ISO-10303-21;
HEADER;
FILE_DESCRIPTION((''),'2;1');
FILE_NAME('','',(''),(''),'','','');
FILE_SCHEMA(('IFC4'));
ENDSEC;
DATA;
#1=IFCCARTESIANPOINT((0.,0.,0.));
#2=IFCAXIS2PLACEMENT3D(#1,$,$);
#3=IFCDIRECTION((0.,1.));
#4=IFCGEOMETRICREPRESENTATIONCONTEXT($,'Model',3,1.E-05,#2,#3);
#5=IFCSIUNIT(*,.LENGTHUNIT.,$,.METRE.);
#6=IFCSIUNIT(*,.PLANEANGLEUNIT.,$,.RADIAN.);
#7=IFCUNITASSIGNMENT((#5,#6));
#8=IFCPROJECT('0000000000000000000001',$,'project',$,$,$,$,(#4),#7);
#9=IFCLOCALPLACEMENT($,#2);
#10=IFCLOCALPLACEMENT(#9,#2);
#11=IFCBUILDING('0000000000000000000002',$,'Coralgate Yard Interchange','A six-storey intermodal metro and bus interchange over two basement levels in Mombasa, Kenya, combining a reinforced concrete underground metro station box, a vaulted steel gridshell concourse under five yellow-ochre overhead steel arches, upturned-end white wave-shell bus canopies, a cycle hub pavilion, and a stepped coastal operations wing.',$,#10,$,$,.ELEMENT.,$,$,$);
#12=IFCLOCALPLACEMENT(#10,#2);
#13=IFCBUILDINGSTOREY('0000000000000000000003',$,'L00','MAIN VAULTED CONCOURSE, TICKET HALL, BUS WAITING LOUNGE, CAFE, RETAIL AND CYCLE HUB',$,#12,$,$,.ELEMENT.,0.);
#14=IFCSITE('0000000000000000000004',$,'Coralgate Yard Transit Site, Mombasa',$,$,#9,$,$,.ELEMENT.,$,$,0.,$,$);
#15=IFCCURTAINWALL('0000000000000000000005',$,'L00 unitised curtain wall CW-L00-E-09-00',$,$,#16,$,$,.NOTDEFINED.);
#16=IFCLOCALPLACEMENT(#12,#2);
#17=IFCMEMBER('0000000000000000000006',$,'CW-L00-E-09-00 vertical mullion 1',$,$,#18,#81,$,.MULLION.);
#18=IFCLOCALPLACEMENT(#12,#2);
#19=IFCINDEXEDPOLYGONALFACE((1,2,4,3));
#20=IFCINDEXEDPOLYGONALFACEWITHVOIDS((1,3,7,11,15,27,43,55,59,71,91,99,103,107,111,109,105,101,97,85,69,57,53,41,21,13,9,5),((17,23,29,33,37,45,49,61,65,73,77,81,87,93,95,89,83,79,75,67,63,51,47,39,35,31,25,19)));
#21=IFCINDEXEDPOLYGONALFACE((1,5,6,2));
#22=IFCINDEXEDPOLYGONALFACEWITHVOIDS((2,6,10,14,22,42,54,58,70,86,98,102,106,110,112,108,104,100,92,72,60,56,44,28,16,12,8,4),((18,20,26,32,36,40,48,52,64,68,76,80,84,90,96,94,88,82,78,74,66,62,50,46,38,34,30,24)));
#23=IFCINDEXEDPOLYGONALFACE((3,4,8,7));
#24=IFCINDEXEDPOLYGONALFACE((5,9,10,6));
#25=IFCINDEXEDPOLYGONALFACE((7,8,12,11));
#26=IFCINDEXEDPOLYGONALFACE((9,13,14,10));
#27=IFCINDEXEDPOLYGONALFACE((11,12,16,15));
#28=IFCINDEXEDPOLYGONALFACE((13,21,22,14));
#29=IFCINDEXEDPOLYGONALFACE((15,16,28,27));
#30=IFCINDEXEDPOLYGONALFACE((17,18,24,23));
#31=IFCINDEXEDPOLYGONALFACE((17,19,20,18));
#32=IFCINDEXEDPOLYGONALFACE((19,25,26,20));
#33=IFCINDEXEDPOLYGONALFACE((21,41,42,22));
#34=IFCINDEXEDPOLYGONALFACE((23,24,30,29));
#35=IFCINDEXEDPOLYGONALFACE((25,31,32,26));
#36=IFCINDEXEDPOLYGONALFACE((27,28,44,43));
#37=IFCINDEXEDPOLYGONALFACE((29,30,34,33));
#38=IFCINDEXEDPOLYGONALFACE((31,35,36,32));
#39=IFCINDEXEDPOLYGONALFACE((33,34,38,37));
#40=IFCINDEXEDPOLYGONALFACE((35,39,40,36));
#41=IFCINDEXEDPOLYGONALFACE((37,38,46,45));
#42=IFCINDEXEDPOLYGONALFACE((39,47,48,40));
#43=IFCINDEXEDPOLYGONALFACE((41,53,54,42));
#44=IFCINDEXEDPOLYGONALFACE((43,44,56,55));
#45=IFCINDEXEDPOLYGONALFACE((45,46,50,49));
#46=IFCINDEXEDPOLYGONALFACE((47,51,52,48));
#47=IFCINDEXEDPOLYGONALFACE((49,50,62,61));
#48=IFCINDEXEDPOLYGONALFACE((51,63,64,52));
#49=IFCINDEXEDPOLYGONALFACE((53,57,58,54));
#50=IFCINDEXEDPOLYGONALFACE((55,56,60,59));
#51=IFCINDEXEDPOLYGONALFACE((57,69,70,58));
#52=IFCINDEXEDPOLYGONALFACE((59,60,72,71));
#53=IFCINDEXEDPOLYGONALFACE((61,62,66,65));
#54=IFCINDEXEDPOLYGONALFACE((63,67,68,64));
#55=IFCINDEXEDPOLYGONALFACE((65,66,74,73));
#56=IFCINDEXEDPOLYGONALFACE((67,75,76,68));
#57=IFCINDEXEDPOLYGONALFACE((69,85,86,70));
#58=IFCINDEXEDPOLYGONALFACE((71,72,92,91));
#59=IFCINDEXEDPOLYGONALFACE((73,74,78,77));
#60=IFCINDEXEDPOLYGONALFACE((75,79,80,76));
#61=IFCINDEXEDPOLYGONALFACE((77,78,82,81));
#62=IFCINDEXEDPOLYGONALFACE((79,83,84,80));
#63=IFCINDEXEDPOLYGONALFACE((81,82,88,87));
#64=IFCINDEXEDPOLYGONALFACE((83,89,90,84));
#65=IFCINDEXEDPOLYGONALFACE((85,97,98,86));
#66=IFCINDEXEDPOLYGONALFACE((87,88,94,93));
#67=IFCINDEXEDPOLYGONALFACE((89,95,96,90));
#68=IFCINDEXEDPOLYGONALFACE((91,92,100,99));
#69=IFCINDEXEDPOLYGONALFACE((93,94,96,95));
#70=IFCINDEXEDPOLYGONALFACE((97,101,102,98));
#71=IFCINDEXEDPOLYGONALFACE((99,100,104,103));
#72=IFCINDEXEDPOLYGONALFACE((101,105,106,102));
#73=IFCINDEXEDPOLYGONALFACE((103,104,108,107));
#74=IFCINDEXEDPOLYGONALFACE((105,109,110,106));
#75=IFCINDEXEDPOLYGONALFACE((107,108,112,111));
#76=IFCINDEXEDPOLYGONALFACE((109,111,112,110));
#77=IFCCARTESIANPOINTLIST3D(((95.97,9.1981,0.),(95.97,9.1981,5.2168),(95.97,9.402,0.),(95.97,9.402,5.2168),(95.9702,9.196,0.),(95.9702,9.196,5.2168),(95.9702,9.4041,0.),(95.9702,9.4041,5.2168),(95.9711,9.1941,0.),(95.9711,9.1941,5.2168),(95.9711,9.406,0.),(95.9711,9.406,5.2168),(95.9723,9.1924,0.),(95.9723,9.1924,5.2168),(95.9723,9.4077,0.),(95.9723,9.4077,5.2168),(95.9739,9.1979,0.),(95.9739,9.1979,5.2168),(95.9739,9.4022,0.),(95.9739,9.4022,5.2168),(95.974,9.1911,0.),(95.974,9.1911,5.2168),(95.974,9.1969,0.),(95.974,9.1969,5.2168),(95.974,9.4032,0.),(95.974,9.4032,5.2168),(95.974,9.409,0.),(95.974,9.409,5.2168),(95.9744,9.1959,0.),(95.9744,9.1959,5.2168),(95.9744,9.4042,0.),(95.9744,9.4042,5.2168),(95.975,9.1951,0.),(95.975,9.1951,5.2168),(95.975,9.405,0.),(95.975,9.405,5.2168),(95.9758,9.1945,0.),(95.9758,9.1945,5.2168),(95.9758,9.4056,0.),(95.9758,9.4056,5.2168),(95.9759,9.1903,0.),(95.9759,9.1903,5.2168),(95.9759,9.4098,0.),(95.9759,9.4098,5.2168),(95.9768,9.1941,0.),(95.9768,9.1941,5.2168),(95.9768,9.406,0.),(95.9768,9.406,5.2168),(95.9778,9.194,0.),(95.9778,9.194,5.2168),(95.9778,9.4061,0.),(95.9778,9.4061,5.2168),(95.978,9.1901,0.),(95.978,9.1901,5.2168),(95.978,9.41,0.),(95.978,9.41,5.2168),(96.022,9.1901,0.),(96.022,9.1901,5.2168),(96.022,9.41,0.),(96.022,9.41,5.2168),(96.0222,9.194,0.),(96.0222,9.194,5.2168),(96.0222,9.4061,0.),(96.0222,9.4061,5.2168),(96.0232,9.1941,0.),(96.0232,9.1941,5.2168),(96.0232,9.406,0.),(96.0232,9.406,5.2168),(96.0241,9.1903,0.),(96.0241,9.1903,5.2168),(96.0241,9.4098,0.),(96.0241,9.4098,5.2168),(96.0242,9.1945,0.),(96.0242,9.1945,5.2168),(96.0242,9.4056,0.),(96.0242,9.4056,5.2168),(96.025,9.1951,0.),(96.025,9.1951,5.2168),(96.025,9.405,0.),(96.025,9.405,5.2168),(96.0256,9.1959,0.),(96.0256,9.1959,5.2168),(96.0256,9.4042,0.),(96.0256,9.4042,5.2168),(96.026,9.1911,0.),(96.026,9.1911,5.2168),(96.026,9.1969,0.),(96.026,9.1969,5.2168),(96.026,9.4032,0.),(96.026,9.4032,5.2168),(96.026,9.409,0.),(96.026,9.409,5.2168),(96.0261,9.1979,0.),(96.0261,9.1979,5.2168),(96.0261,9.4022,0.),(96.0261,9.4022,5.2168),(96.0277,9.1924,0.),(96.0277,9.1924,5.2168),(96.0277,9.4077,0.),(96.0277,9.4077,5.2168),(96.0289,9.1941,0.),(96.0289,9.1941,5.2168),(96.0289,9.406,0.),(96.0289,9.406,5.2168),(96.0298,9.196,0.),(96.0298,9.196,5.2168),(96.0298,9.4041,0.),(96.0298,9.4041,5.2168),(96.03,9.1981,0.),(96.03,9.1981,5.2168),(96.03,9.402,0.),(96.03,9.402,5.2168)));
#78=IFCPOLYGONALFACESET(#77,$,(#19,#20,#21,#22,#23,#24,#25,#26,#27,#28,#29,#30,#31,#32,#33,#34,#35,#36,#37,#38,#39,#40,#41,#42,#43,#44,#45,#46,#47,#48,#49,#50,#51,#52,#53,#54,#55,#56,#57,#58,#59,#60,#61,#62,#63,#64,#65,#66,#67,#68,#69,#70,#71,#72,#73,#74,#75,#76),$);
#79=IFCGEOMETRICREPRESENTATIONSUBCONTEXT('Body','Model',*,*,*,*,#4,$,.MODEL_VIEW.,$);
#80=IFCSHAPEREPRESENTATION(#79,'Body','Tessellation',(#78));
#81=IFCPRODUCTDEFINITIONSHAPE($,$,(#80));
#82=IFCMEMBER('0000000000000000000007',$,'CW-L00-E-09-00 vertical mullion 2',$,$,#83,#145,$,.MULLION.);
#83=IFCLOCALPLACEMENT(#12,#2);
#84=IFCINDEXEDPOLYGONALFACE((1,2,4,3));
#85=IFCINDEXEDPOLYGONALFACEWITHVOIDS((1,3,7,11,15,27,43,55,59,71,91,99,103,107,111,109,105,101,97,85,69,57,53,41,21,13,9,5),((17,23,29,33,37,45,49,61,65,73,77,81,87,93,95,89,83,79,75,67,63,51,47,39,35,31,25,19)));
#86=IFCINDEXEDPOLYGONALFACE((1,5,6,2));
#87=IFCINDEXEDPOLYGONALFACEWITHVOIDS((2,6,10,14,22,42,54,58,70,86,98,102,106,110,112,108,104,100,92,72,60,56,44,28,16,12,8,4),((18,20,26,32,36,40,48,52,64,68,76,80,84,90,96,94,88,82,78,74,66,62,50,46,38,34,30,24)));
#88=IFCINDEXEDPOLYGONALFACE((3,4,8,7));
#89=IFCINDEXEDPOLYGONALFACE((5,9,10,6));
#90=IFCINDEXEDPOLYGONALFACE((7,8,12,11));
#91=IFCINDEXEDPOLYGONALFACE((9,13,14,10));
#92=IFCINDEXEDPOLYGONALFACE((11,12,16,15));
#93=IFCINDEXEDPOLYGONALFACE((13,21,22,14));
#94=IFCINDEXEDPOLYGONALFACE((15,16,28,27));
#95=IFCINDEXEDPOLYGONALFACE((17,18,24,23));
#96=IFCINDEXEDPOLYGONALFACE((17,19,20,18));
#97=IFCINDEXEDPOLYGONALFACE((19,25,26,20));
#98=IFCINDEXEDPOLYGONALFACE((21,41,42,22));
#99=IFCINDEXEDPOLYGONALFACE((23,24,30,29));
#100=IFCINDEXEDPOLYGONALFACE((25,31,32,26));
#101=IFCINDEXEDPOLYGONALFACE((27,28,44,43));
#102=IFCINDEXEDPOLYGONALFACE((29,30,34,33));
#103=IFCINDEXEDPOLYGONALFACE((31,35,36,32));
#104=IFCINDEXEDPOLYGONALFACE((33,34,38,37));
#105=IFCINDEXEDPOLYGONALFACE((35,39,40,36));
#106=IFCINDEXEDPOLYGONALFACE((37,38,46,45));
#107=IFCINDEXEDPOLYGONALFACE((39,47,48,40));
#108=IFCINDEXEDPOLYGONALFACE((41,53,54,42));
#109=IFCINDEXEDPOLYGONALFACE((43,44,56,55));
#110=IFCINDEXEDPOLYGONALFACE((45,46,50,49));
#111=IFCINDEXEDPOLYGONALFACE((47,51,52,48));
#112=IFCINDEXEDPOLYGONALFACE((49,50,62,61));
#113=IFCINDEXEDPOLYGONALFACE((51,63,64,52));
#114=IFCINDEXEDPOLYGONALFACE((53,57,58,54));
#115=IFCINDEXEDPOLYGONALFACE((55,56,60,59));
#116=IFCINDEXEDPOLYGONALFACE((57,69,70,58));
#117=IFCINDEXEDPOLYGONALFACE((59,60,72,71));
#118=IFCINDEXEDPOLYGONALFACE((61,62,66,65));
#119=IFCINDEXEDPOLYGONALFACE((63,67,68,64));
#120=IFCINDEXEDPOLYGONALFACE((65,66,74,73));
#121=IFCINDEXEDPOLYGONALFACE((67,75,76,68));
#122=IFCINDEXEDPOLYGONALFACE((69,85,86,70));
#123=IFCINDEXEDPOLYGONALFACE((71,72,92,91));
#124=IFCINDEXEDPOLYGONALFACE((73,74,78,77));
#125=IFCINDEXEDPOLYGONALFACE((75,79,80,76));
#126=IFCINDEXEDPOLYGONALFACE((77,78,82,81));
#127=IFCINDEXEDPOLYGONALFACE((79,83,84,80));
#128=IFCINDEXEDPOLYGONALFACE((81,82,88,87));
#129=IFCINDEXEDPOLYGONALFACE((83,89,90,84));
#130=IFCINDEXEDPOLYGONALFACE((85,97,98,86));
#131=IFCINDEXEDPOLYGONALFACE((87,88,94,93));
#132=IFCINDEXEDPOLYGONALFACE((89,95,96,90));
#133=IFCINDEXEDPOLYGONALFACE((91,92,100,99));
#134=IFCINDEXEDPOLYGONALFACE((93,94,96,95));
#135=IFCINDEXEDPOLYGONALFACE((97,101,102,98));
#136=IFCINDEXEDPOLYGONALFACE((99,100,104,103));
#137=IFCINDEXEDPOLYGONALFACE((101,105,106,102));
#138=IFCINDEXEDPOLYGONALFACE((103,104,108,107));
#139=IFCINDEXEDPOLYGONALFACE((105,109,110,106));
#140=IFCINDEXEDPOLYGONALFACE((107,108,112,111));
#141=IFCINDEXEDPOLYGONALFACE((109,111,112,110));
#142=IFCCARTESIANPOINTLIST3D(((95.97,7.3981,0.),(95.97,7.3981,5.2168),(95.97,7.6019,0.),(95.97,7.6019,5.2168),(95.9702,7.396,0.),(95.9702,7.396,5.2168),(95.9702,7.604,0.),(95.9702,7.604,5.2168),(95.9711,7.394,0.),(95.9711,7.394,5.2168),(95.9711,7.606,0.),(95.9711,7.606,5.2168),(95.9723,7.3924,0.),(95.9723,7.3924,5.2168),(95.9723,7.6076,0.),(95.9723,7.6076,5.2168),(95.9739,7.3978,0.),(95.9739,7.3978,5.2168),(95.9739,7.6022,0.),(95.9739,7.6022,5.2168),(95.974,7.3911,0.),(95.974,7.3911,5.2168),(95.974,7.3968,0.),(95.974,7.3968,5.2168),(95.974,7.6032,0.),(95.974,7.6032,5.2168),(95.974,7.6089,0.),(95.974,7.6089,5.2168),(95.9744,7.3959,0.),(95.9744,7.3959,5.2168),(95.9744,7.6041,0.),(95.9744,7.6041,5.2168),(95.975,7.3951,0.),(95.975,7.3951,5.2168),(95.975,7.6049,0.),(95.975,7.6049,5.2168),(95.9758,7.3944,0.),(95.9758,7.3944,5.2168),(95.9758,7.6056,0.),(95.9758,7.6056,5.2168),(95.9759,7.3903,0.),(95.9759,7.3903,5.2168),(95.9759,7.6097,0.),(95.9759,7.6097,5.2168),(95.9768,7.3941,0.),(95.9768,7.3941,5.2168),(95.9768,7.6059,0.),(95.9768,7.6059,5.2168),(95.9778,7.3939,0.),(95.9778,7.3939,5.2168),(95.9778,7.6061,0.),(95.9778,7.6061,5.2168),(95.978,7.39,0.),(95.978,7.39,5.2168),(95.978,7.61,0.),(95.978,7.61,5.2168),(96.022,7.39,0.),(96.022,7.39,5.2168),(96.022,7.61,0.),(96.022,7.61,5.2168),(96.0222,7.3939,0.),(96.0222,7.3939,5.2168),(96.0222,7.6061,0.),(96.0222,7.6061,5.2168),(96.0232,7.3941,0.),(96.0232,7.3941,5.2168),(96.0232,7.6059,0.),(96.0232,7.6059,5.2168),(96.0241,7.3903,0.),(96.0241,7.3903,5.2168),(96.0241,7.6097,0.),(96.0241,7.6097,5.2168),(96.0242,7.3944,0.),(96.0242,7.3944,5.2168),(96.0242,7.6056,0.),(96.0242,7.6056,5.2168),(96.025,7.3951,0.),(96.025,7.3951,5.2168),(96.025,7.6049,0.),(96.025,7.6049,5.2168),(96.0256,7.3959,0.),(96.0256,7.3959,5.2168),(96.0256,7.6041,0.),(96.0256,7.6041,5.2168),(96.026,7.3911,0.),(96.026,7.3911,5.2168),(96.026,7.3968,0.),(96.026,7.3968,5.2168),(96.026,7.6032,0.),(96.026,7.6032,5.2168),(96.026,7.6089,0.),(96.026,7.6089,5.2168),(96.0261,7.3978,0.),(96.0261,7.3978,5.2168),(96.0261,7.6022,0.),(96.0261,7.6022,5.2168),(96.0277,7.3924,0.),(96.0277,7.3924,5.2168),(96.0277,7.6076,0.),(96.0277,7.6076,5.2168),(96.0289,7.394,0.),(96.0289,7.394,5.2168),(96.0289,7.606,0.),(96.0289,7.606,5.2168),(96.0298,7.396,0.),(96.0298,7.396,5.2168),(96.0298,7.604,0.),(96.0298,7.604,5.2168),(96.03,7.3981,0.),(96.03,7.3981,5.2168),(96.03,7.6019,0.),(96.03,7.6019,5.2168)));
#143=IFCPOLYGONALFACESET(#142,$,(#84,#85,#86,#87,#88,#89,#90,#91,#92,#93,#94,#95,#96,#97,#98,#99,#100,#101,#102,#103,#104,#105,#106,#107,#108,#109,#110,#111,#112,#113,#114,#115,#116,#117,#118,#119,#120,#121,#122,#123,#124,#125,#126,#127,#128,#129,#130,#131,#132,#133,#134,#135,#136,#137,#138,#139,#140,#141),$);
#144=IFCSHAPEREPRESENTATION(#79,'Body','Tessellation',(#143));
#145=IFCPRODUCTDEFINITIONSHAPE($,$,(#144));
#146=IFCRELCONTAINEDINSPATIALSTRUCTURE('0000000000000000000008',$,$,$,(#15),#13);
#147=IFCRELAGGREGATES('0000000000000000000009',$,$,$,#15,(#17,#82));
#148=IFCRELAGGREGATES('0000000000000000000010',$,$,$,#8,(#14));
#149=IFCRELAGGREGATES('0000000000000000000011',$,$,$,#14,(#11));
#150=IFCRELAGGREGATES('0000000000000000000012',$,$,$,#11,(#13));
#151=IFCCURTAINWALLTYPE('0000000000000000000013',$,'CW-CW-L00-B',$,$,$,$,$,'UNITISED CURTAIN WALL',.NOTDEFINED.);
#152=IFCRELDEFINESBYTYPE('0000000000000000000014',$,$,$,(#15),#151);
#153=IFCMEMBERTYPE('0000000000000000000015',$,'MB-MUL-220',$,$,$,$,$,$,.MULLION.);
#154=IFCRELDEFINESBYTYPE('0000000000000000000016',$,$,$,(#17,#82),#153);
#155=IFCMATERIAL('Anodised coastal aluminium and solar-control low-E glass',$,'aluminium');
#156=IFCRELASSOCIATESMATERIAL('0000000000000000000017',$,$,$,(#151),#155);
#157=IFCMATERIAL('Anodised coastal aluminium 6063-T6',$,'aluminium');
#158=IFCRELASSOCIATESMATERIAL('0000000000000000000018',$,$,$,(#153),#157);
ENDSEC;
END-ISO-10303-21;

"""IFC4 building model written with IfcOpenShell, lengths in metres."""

from ifc_helpers import new_model, si_unit, direction, frame, origin, origin_2d, place, context, subcontext, project, spatial, hollow_rectangle, extrude, material, material_profile, profile_set, type_object, element, aggregate, save


model = new_model("IFC4")

# Units and contexts
model_context = context("Model", 3, precision=1e-05, world=origin(), true_north=direction((0.0, 1.0)))
body_context = subcontext(model_context, "Body", "Model", "MODEL_VIEW")
ifc_project = project(units=[si_unit("LENGTHUNIT", "METRE"), si_unit("PLANEANGLEUNIT", "RADIAN")], contexts=[model_context])

# Site, building, storey
site_placement = place(None, origin())
site = spatial("IfcSite", under=ifc_project, at=site_placement, Name="Coralgate Yard Transit Site, Mombasa", CompositionType="ELEMENT", RefElevation=0.0)
building_placement = place(site_placement, origin())
building = spatial("IfcBuilding", under=site, at=building_placement, Name="Coralgate Yard Interchange", Description="A six-storey intermodal metro and bus interchange over two basement levels in Mombasa, Kenya, combining a reinforced concrete underground metro station box, a vaulted steel gridshell concourse under five yellow-ochre overhead steel arches, upturned-end white wave-shell bus canopies, a cycle hub pavilion, and a stepped coastal operations wing.", CompositionType="ELEMENT")
storey_placement = place(building_placement, origin())
storey = spatial("IfcBuildingStorey", under=building, at=storey_placement, Name="L00", Description="MAIN VAULTED CONCOURSE, TICKET HALL, BUS WAITING LOUNGE, CAFE, RETAIL AND CYCLE HUB", CompositionType="ELEMENT", Elevation=0.0)

# Curtain wall, members
ifc_material_1 = material(Name="Anodised coastal aluminium and solar-control low-E glass", Category="aluminium")
curtain_wall_type = type_object("IfcCurtainWallType", Name="CW-CW-L00-B", ElementType="UNITISED CURTAIN WALL", PredefinedType="NOTDEFINED", material=ifc_material_1)
curtain_wall_placement = place(storey_placement, origin())
curtain_wall = element("IfcCurtainWall", 1, at=curtain_wall_placement, inside=storey, type_object=curtain_wall_type, Name="L00 unitised curtain wall CW-L00-E-09-00", PredefinedType="NOTDEFINED")
ifc_material_2 = material(Name="Anodised coastal aluminium 6063-T6", Category="aluminium")
ifc_material_profile_1 = material_profile(ifc_material_2, hollow_rectangle(XDim=0.0601, YDim=0.22, WallThickness=0.0039, InnerFilletRadius=0.0039, OuterFilletRadius=0.0081, at=origin_2d()), Name="ALU 60x220x4")
ifc_profile_set_1 = profile_set([ifc_material_profile_1], Name="Anodised coastal aluminium 6063-T6")
member_type_1 = type_object("IfcMemberType", Name="MB-MUL-220", PredefinedType="MULLION", material=ifc_profile_set_1)
member_1_placement = place(storey_placement, frame((96.0, 9.3, 0.0), z_axis=(0.0, 0.0, 1.0), x_axis=(1.0, 0.0, 0.0)))
member_1 = element("IfcMember", 2, at=member_1_placement, type_object=member_type_1, Name="CW-L00-E-09-00 vertical mullion 1", PredefinedType="MULLION", context=body_context, shape_type="SweptSolid", body=[
    extrude(hollow_rectangle(XDim=0.0601, YDim=0.22, WallThickness=0.0039, InnerFilletRadius=0.0039, OuterFilletRadius=0.0081, at=origin_2d()), origin(), (0.0, 0.0, 1.0), 5.2168),
])
member_2_placement = place(storey_placement, frame((96.0, 7.5, 0.0), z_axis=(0.0, 0.0, 1.0), x_axis=(1.0, 0.0, 0.0)))
member_2 = element("IfcMember", 3, at=member_2_placement, type_object=member_type_1, Name="CW-L00-E-09-00 vertical mullion 2", PredefinedType="MULLION", context=body_context, shape_type="SweptSolid", body=[
    extrude(hollow_rectangle(XDim=0.0601, YDim=0.22, WallThickness=0.0039, InnerFilletRadius=0.0039, OuterFilletRadius=0.0081, at=origin_2d()), origin(), (0.0, 0.0, 1.0), 5.2168),
])
aggregate(curtain_wall, [member_1, member_2])

save(model, "model.ifc")
